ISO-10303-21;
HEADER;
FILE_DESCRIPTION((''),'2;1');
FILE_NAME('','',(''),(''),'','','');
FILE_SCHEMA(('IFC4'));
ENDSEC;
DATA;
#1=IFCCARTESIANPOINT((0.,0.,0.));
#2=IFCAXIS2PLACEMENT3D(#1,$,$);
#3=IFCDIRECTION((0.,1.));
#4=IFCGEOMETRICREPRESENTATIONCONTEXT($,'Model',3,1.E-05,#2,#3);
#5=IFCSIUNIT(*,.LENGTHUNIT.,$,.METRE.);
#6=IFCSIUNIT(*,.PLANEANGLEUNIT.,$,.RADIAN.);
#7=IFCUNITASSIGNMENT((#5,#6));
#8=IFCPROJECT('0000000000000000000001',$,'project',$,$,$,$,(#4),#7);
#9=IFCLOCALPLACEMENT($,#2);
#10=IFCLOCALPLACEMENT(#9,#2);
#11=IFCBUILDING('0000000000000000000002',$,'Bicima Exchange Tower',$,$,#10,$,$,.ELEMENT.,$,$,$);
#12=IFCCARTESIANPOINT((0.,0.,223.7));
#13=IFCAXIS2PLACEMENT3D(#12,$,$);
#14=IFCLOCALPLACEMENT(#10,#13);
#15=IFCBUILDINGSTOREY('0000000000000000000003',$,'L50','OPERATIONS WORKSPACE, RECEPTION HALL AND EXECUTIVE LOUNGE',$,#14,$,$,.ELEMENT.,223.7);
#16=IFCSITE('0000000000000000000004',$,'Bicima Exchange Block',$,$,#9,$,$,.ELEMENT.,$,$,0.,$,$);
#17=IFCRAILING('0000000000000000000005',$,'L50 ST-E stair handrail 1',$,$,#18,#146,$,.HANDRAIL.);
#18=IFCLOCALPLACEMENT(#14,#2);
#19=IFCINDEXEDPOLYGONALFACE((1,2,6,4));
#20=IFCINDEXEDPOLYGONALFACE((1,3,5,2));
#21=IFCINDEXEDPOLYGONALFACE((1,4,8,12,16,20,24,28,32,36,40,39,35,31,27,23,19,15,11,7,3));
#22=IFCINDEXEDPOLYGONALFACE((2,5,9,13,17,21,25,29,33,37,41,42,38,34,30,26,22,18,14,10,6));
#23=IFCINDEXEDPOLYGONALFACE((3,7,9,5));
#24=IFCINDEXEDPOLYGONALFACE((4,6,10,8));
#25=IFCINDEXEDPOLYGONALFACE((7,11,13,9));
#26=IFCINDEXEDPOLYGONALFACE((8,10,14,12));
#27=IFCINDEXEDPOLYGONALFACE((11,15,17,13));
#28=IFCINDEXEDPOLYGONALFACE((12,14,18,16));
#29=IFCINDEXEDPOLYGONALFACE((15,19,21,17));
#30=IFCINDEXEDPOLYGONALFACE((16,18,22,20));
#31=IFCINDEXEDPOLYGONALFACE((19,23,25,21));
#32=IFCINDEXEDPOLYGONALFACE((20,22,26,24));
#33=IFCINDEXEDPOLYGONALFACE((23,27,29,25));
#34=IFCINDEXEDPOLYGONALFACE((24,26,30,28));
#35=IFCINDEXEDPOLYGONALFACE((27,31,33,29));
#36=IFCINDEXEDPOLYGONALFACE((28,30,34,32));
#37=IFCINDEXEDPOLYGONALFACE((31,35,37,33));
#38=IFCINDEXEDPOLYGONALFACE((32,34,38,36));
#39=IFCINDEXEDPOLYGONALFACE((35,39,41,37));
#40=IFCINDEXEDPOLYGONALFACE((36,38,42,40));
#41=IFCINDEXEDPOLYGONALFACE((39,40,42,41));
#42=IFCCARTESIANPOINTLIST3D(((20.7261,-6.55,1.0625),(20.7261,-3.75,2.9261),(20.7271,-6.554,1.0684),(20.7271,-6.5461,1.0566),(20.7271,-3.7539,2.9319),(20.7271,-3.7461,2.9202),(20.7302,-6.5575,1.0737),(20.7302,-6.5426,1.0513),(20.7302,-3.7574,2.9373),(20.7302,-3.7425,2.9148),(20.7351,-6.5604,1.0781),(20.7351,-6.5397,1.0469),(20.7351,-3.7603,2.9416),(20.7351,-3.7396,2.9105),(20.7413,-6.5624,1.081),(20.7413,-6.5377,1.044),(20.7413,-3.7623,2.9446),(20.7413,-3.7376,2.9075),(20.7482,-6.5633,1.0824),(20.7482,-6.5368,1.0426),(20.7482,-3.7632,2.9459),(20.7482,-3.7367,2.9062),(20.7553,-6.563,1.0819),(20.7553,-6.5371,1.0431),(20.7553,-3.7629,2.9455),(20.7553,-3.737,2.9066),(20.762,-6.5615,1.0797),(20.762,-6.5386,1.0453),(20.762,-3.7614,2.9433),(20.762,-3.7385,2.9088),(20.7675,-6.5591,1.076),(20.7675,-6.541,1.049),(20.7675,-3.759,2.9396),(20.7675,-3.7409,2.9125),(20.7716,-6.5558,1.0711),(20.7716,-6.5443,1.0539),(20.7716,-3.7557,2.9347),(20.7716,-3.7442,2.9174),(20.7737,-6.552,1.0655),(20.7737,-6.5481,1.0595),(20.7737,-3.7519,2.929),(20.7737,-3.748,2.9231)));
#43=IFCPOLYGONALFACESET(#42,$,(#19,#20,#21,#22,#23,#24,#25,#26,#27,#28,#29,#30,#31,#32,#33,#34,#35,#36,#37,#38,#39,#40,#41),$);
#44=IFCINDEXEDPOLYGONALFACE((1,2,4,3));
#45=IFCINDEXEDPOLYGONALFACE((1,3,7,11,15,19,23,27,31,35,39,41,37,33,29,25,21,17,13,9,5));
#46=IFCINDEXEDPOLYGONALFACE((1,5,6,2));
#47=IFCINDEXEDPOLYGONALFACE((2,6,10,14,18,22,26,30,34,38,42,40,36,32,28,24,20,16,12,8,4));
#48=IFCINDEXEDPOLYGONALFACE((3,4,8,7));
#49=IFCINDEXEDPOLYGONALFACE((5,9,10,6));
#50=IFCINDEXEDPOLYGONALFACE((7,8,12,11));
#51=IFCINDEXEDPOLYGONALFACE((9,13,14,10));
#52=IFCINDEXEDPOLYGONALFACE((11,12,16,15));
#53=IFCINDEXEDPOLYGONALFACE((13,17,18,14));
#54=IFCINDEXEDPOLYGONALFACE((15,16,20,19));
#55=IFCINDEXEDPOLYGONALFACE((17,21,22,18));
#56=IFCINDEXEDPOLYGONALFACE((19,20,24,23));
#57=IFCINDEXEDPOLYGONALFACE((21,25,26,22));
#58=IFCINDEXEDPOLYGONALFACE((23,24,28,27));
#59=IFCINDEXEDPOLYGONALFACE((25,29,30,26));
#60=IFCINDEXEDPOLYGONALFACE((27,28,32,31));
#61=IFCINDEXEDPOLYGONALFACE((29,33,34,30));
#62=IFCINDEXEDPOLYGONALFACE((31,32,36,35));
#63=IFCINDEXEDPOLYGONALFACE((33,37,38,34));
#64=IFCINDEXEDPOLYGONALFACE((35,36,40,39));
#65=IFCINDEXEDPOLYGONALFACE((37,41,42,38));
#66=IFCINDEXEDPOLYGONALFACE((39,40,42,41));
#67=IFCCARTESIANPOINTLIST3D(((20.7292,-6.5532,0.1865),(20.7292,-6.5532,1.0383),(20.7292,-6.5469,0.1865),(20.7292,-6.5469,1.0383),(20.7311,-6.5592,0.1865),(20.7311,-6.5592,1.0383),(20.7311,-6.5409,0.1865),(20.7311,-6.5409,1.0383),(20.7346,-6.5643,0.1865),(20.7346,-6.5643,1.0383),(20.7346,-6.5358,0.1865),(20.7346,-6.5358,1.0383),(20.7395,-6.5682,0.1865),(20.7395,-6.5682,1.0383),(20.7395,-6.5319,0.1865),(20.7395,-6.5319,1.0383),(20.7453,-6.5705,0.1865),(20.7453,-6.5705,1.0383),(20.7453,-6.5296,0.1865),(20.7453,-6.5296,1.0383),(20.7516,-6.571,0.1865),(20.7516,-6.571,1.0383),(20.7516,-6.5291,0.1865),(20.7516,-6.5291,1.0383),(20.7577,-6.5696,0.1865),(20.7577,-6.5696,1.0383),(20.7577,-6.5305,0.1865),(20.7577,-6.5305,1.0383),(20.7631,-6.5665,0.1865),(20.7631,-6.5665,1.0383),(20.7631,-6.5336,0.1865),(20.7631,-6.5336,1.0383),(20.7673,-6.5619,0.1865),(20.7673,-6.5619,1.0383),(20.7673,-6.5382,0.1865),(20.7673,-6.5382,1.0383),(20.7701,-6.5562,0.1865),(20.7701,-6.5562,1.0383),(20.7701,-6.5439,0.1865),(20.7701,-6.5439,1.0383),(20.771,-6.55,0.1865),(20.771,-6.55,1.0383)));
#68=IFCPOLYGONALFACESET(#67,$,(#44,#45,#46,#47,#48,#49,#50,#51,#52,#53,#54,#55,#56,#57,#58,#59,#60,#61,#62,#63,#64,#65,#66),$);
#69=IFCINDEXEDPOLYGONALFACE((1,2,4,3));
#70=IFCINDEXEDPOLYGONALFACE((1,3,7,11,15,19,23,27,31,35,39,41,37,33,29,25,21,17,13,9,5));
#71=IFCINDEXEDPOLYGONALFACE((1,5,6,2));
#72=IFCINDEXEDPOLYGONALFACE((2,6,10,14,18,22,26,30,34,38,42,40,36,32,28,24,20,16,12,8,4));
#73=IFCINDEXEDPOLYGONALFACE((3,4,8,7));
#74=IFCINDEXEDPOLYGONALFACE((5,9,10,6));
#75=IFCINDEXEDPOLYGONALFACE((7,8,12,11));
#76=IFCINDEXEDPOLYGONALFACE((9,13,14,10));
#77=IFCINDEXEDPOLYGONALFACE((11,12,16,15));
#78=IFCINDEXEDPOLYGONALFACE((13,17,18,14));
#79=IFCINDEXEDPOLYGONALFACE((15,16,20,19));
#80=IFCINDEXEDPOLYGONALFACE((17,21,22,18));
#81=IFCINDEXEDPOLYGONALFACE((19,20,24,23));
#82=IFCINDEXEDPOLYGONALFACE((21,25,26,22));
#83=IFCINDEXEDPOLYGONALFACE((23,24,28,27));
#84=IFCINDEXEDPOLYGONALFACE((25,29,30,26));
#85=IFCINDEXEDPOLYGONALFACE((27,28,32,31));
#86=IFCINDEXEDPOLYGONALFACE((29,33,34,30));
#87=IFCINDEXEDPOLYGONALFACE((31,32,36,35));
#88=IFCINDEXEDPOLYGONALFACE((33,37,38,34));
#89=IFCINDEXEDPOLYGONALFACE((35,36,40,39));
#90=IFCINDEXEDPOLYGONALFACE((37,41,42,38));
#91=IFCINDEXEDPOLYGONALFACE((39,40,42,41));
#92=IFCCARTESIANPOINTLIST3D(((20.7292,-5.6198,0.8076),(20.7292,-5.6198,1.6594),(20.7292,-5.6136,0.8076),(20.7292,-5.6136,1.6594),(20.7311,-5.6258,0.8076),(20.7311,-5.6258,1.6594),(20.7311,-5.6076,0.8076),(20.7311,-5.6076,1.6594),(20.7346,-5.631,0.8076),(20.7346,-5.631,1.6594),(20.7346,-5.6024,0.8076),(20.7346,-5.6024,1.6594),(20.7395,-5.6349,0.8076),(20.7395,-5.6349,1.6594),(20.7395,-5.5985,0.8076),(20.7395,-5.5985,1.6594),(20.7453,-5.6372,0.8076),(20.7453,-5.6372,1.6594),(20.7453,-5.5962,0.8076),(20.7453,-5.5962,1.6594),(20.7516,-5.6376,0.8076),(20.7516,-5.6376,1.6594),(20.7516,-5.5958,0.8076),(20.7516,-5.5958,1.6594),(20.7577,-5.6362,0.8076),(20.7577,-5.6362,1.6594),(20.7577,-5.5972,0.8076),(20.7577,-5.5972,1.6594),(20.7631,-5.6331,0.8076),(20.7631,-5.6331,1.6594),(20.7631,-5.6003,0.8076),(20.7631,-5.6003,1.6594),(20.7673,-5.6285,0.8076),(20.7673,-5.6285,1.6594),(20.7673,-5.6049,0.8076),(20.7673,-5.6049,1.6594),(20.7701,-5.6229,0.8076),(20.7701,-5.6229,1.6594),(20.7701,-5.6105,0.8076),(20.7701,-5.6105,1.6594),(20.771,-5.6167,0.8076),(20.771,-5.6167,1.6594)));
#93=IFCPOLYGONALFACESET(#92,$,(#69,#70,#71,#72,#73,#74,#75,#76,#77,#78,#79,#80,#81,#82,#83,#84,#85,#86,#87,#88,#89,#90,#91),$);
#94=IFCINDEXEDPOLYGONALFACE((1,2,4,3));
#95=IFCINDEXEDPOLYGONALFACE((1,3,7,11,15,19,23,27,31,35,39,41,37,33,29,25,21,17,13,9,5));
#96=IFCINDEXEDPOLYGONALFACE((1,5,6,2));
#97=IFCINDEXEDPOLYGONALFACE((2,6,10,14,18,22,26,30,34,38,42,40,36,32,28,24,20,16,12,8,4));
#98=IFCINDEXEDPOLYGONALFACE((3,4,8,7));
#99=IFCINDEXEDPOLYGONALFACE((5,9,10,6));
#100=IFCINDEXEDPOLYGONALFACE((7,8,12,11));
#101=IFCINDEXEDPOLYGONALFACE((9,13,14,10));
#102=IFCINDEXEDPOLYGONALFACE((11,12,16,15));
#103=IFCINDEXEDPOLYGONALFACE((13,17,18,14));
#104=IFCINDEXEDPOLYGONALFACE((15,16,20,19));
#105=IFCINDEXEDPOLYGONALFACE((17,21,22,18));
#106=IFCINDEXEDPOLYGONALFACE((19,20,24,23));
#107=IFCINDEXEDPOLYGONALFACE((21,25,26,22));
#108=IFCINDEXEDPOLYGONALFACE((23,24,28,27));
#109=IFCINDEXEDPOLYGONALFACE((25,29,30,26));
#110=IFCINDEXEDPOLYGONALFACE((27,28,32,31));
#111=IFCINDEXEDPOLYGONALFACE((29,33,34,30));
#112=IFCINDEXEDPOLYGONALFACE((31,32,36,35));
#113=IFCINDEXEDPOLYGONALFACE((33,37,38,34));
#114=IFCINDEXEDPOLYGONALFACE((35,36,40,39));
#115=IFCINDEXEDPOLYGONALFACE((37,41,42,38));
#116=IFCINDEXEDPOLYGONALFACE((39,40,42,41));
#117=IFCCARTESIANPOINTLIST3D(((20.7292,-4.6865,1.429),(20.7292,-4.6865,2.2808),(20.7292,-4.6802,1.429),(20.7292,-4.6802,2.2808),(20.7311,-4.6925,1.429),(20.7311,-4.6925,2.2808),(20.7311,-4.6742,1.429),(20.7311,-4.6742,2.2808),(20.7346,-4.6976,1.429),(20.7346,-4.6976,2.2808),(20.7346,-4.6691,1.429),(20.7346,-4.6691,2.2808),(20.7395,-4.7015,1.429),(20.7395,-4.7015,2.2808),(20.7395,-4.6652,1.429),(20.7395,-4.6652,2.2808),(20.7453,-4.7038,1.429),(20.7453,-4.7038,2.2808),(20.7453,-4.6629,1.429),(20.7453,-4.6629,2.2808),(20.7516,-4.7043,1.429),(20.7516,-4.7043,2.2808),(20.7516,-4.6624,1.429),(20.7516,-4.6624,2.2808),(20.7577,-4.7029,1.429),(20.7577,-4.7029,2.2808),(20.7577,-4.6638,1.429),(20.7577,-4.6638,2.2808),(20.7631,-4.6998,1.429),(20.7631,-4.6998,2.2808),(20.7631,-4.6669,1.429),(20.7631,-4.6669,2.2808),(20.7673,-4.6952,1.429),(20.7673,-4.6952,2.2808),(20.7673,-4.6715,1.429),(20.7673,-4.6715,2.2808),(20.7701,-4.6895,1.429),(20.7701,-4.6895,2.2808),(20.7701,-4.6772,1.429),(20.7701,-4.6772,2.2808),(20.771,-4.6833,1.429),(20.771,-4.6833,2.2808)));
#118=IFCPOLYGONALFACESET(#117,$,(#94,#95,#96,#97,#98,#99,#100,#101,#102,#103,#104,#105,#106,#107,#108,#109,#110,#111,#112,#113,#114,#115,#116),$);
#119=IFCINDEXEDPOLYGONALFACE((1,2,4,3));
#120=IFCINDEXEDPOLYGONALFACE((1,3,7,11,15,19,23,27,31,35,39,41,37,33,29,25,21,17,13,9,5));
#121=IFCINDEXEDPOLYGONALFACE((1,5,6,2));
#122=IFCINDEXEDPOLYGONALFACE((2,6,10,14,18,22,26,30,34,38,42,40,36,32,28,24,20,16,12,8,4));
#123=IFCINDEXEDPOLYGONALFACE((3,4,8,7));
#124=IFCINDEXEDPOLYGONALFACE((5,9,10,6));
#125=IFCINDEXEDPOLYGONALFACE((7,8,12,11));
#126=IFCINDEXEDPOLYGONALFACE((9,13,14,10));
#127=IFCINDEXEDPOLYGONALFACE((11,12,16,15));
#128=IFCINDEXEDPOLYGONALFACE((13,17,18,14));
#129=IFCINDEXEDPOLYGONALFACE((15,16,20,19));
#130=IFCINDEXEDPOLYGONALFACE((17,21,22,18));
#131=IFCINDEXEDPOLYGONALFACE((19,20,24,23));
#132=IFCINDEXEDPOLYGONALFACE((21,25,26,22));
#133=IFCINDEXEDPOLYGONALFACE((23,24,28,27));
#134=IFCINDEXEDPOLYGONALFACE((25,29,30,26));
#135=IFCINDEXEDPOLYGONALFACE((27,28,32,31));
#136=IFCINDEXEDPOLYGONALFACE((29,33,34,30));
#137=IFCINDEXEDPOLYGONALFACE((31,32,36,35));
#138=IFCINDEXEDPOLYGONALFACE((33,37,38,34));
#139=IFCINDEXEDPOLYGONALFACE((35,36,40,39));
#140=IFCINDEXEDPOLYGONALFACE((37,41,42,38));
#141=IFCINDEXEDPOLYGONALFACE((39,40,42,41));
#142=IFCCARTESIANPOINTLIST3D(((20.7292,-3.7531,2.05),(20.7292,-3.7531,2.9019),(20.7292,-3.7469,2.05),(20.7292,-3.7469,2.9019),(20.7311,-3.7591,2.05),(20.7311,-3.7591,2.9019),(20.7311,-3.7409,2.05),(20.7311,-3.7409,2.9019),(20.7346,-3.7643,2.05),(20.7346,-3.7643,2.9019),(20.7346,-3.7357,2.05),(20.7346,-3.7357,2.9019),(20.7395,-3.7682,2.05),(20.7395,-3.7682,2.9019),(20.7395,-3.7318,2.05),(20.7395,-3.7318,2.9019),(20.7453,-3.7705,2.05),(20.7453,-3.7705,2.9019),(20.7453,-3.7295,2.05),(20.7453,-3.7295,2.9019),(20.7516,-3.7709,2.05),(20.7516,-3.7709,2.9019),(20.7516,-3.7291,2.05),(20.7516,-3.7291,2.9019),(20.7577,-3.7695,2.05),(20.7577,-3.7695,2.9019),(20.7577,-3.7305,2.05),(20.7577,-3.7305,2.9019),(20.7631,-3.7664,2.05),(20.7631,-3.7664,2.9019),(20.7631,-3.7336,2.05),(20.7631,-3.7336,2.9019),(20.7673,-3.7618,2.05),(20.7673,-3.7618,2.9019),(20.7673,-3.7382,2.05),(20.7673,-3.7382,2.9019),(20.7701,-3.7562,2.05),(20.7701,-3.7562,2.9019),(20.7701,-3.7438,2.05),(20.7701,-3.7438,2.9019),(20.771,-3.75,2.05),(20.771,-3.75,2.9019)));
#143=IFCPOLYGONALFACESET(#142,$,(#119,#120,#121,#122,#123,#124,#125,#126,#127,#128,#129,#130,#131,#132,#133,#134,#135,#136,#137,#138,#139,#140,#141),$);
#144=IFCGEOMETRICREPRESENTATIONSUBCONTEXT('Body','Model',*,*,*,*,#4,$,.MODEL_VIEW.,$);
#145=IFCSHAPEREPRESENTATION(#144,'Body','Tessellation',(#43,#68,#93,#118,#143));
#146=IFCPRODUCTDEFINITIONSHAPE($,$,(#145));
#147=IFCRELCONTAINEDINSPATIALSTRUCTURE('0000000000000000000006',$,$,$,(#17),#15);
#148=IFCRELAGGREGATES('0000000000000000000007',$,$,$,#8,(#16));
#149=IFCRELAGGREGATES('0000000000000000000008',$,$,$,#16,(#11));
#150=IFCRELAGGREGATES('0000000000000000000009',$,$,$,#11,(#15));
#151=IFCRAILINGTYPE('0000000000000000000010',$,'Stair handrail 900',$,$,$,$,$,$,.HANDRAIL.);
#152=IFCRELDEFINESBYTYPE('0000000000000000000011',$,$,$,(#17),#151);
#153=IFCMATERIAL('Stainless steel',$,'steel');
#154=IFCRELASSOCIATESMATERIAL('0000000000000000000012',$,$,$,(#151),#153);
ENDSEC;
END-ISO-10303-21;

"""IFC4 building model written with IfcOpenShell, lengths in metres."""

from ifc_helpers import new_model, si_unit, direction, frame, origin, origin_2d, place, context, subcontext, project, spatial, circle, extrude, material, type_object, element, save


model = new_model("IFC4")

# Units and contexts
model_context = context("Model", 3, precision=1e-05, world=origin(), true_north=direction((0.0, 1.0)))
body_context = subcontext(model_context, "Body", "Model", "MODEL_VIEW")
ifc_project = project(units=[si_unit("LENGTHUNIT", "METRE"), si_unit("PLANEANGLEUNIT", "RADIAN")], contexts=[model_context])

# Site, building, storey
site_placement = place(None, origin())
site = spatial("IfcSite", under=ifc_project, at=site_placement, Name="Bicima Exchange Block", CompositionType="ELEMENT", RefElevation=0.0)
building_placement = place(site_placement, origin())
building = spatial("IfcBuilding", under=site, at=building_placement, Name="Bicima Exchange Tower", CompositionType="ELEMENT")
storey_placement = place(building_placement, frame((0.0, 0.0, 223.7)))
storey = spatial("IfcBuildingStorey", under=building, at=storey_placement, Name="L50", Description="OPERATIONS WORKSPACE, RECEPTION HALL AND EXECUTIVE LOUNGE", CompositionType="ELEMENT", Elevation=223.7)

# Railing
ifc_material_1 = material(Name="Stainless steel", Category="steel")
railing_type_1 = type_object("IfcRailingType", Name="Stair handrail 900", PredefinedType="HANDRAIL", material=ifc_material_1)
railing_1_placement = place(storey_placement, frame((20.75, -6.55, 0.1865)))
element("IfcRailing", 1, at=railing_1_placement, inside=storey, type_object=railing_type_1, Name="L50 ST-E stair handrail 1", PredefinedType="HANDRAIL", context=body_context, shape_type="SweptSolid", body=[
    extrude(circle(Radius=0.0239, at=origin_2d()), frame((0.0, 0.0, 0.876), z_axis=(0.0, 0.832486, 0.554047), x_axis=(-1.0, 0.0, 0.0)), (0.0, 0.0, 1.0), 3.3635),
    extrude(circle(Radius=0.021, at=origin_2d()), origin(), (0.0, 0.0, 1.0), 0.8518),
    extrude(circle(Radius=0.021, at=origin_2d()), frame((0.0, 0.9333, 0.6211)), (0.0, 0.0, 1.0), 0.8518),
    extrude(circle(Radius=0.021, at=origin_2d()), frame((0.0, 1.8667, 1.2424)), (0.0, 0.0, 1.0), 0.8518),
    extrude(circle(Radius=0.021, at=origin_2d()), frame((0.0, 2.8, 1.8635)), (0.0, 0.0, 1.0), 0.8518),
])

save(model, "model.ifc")
